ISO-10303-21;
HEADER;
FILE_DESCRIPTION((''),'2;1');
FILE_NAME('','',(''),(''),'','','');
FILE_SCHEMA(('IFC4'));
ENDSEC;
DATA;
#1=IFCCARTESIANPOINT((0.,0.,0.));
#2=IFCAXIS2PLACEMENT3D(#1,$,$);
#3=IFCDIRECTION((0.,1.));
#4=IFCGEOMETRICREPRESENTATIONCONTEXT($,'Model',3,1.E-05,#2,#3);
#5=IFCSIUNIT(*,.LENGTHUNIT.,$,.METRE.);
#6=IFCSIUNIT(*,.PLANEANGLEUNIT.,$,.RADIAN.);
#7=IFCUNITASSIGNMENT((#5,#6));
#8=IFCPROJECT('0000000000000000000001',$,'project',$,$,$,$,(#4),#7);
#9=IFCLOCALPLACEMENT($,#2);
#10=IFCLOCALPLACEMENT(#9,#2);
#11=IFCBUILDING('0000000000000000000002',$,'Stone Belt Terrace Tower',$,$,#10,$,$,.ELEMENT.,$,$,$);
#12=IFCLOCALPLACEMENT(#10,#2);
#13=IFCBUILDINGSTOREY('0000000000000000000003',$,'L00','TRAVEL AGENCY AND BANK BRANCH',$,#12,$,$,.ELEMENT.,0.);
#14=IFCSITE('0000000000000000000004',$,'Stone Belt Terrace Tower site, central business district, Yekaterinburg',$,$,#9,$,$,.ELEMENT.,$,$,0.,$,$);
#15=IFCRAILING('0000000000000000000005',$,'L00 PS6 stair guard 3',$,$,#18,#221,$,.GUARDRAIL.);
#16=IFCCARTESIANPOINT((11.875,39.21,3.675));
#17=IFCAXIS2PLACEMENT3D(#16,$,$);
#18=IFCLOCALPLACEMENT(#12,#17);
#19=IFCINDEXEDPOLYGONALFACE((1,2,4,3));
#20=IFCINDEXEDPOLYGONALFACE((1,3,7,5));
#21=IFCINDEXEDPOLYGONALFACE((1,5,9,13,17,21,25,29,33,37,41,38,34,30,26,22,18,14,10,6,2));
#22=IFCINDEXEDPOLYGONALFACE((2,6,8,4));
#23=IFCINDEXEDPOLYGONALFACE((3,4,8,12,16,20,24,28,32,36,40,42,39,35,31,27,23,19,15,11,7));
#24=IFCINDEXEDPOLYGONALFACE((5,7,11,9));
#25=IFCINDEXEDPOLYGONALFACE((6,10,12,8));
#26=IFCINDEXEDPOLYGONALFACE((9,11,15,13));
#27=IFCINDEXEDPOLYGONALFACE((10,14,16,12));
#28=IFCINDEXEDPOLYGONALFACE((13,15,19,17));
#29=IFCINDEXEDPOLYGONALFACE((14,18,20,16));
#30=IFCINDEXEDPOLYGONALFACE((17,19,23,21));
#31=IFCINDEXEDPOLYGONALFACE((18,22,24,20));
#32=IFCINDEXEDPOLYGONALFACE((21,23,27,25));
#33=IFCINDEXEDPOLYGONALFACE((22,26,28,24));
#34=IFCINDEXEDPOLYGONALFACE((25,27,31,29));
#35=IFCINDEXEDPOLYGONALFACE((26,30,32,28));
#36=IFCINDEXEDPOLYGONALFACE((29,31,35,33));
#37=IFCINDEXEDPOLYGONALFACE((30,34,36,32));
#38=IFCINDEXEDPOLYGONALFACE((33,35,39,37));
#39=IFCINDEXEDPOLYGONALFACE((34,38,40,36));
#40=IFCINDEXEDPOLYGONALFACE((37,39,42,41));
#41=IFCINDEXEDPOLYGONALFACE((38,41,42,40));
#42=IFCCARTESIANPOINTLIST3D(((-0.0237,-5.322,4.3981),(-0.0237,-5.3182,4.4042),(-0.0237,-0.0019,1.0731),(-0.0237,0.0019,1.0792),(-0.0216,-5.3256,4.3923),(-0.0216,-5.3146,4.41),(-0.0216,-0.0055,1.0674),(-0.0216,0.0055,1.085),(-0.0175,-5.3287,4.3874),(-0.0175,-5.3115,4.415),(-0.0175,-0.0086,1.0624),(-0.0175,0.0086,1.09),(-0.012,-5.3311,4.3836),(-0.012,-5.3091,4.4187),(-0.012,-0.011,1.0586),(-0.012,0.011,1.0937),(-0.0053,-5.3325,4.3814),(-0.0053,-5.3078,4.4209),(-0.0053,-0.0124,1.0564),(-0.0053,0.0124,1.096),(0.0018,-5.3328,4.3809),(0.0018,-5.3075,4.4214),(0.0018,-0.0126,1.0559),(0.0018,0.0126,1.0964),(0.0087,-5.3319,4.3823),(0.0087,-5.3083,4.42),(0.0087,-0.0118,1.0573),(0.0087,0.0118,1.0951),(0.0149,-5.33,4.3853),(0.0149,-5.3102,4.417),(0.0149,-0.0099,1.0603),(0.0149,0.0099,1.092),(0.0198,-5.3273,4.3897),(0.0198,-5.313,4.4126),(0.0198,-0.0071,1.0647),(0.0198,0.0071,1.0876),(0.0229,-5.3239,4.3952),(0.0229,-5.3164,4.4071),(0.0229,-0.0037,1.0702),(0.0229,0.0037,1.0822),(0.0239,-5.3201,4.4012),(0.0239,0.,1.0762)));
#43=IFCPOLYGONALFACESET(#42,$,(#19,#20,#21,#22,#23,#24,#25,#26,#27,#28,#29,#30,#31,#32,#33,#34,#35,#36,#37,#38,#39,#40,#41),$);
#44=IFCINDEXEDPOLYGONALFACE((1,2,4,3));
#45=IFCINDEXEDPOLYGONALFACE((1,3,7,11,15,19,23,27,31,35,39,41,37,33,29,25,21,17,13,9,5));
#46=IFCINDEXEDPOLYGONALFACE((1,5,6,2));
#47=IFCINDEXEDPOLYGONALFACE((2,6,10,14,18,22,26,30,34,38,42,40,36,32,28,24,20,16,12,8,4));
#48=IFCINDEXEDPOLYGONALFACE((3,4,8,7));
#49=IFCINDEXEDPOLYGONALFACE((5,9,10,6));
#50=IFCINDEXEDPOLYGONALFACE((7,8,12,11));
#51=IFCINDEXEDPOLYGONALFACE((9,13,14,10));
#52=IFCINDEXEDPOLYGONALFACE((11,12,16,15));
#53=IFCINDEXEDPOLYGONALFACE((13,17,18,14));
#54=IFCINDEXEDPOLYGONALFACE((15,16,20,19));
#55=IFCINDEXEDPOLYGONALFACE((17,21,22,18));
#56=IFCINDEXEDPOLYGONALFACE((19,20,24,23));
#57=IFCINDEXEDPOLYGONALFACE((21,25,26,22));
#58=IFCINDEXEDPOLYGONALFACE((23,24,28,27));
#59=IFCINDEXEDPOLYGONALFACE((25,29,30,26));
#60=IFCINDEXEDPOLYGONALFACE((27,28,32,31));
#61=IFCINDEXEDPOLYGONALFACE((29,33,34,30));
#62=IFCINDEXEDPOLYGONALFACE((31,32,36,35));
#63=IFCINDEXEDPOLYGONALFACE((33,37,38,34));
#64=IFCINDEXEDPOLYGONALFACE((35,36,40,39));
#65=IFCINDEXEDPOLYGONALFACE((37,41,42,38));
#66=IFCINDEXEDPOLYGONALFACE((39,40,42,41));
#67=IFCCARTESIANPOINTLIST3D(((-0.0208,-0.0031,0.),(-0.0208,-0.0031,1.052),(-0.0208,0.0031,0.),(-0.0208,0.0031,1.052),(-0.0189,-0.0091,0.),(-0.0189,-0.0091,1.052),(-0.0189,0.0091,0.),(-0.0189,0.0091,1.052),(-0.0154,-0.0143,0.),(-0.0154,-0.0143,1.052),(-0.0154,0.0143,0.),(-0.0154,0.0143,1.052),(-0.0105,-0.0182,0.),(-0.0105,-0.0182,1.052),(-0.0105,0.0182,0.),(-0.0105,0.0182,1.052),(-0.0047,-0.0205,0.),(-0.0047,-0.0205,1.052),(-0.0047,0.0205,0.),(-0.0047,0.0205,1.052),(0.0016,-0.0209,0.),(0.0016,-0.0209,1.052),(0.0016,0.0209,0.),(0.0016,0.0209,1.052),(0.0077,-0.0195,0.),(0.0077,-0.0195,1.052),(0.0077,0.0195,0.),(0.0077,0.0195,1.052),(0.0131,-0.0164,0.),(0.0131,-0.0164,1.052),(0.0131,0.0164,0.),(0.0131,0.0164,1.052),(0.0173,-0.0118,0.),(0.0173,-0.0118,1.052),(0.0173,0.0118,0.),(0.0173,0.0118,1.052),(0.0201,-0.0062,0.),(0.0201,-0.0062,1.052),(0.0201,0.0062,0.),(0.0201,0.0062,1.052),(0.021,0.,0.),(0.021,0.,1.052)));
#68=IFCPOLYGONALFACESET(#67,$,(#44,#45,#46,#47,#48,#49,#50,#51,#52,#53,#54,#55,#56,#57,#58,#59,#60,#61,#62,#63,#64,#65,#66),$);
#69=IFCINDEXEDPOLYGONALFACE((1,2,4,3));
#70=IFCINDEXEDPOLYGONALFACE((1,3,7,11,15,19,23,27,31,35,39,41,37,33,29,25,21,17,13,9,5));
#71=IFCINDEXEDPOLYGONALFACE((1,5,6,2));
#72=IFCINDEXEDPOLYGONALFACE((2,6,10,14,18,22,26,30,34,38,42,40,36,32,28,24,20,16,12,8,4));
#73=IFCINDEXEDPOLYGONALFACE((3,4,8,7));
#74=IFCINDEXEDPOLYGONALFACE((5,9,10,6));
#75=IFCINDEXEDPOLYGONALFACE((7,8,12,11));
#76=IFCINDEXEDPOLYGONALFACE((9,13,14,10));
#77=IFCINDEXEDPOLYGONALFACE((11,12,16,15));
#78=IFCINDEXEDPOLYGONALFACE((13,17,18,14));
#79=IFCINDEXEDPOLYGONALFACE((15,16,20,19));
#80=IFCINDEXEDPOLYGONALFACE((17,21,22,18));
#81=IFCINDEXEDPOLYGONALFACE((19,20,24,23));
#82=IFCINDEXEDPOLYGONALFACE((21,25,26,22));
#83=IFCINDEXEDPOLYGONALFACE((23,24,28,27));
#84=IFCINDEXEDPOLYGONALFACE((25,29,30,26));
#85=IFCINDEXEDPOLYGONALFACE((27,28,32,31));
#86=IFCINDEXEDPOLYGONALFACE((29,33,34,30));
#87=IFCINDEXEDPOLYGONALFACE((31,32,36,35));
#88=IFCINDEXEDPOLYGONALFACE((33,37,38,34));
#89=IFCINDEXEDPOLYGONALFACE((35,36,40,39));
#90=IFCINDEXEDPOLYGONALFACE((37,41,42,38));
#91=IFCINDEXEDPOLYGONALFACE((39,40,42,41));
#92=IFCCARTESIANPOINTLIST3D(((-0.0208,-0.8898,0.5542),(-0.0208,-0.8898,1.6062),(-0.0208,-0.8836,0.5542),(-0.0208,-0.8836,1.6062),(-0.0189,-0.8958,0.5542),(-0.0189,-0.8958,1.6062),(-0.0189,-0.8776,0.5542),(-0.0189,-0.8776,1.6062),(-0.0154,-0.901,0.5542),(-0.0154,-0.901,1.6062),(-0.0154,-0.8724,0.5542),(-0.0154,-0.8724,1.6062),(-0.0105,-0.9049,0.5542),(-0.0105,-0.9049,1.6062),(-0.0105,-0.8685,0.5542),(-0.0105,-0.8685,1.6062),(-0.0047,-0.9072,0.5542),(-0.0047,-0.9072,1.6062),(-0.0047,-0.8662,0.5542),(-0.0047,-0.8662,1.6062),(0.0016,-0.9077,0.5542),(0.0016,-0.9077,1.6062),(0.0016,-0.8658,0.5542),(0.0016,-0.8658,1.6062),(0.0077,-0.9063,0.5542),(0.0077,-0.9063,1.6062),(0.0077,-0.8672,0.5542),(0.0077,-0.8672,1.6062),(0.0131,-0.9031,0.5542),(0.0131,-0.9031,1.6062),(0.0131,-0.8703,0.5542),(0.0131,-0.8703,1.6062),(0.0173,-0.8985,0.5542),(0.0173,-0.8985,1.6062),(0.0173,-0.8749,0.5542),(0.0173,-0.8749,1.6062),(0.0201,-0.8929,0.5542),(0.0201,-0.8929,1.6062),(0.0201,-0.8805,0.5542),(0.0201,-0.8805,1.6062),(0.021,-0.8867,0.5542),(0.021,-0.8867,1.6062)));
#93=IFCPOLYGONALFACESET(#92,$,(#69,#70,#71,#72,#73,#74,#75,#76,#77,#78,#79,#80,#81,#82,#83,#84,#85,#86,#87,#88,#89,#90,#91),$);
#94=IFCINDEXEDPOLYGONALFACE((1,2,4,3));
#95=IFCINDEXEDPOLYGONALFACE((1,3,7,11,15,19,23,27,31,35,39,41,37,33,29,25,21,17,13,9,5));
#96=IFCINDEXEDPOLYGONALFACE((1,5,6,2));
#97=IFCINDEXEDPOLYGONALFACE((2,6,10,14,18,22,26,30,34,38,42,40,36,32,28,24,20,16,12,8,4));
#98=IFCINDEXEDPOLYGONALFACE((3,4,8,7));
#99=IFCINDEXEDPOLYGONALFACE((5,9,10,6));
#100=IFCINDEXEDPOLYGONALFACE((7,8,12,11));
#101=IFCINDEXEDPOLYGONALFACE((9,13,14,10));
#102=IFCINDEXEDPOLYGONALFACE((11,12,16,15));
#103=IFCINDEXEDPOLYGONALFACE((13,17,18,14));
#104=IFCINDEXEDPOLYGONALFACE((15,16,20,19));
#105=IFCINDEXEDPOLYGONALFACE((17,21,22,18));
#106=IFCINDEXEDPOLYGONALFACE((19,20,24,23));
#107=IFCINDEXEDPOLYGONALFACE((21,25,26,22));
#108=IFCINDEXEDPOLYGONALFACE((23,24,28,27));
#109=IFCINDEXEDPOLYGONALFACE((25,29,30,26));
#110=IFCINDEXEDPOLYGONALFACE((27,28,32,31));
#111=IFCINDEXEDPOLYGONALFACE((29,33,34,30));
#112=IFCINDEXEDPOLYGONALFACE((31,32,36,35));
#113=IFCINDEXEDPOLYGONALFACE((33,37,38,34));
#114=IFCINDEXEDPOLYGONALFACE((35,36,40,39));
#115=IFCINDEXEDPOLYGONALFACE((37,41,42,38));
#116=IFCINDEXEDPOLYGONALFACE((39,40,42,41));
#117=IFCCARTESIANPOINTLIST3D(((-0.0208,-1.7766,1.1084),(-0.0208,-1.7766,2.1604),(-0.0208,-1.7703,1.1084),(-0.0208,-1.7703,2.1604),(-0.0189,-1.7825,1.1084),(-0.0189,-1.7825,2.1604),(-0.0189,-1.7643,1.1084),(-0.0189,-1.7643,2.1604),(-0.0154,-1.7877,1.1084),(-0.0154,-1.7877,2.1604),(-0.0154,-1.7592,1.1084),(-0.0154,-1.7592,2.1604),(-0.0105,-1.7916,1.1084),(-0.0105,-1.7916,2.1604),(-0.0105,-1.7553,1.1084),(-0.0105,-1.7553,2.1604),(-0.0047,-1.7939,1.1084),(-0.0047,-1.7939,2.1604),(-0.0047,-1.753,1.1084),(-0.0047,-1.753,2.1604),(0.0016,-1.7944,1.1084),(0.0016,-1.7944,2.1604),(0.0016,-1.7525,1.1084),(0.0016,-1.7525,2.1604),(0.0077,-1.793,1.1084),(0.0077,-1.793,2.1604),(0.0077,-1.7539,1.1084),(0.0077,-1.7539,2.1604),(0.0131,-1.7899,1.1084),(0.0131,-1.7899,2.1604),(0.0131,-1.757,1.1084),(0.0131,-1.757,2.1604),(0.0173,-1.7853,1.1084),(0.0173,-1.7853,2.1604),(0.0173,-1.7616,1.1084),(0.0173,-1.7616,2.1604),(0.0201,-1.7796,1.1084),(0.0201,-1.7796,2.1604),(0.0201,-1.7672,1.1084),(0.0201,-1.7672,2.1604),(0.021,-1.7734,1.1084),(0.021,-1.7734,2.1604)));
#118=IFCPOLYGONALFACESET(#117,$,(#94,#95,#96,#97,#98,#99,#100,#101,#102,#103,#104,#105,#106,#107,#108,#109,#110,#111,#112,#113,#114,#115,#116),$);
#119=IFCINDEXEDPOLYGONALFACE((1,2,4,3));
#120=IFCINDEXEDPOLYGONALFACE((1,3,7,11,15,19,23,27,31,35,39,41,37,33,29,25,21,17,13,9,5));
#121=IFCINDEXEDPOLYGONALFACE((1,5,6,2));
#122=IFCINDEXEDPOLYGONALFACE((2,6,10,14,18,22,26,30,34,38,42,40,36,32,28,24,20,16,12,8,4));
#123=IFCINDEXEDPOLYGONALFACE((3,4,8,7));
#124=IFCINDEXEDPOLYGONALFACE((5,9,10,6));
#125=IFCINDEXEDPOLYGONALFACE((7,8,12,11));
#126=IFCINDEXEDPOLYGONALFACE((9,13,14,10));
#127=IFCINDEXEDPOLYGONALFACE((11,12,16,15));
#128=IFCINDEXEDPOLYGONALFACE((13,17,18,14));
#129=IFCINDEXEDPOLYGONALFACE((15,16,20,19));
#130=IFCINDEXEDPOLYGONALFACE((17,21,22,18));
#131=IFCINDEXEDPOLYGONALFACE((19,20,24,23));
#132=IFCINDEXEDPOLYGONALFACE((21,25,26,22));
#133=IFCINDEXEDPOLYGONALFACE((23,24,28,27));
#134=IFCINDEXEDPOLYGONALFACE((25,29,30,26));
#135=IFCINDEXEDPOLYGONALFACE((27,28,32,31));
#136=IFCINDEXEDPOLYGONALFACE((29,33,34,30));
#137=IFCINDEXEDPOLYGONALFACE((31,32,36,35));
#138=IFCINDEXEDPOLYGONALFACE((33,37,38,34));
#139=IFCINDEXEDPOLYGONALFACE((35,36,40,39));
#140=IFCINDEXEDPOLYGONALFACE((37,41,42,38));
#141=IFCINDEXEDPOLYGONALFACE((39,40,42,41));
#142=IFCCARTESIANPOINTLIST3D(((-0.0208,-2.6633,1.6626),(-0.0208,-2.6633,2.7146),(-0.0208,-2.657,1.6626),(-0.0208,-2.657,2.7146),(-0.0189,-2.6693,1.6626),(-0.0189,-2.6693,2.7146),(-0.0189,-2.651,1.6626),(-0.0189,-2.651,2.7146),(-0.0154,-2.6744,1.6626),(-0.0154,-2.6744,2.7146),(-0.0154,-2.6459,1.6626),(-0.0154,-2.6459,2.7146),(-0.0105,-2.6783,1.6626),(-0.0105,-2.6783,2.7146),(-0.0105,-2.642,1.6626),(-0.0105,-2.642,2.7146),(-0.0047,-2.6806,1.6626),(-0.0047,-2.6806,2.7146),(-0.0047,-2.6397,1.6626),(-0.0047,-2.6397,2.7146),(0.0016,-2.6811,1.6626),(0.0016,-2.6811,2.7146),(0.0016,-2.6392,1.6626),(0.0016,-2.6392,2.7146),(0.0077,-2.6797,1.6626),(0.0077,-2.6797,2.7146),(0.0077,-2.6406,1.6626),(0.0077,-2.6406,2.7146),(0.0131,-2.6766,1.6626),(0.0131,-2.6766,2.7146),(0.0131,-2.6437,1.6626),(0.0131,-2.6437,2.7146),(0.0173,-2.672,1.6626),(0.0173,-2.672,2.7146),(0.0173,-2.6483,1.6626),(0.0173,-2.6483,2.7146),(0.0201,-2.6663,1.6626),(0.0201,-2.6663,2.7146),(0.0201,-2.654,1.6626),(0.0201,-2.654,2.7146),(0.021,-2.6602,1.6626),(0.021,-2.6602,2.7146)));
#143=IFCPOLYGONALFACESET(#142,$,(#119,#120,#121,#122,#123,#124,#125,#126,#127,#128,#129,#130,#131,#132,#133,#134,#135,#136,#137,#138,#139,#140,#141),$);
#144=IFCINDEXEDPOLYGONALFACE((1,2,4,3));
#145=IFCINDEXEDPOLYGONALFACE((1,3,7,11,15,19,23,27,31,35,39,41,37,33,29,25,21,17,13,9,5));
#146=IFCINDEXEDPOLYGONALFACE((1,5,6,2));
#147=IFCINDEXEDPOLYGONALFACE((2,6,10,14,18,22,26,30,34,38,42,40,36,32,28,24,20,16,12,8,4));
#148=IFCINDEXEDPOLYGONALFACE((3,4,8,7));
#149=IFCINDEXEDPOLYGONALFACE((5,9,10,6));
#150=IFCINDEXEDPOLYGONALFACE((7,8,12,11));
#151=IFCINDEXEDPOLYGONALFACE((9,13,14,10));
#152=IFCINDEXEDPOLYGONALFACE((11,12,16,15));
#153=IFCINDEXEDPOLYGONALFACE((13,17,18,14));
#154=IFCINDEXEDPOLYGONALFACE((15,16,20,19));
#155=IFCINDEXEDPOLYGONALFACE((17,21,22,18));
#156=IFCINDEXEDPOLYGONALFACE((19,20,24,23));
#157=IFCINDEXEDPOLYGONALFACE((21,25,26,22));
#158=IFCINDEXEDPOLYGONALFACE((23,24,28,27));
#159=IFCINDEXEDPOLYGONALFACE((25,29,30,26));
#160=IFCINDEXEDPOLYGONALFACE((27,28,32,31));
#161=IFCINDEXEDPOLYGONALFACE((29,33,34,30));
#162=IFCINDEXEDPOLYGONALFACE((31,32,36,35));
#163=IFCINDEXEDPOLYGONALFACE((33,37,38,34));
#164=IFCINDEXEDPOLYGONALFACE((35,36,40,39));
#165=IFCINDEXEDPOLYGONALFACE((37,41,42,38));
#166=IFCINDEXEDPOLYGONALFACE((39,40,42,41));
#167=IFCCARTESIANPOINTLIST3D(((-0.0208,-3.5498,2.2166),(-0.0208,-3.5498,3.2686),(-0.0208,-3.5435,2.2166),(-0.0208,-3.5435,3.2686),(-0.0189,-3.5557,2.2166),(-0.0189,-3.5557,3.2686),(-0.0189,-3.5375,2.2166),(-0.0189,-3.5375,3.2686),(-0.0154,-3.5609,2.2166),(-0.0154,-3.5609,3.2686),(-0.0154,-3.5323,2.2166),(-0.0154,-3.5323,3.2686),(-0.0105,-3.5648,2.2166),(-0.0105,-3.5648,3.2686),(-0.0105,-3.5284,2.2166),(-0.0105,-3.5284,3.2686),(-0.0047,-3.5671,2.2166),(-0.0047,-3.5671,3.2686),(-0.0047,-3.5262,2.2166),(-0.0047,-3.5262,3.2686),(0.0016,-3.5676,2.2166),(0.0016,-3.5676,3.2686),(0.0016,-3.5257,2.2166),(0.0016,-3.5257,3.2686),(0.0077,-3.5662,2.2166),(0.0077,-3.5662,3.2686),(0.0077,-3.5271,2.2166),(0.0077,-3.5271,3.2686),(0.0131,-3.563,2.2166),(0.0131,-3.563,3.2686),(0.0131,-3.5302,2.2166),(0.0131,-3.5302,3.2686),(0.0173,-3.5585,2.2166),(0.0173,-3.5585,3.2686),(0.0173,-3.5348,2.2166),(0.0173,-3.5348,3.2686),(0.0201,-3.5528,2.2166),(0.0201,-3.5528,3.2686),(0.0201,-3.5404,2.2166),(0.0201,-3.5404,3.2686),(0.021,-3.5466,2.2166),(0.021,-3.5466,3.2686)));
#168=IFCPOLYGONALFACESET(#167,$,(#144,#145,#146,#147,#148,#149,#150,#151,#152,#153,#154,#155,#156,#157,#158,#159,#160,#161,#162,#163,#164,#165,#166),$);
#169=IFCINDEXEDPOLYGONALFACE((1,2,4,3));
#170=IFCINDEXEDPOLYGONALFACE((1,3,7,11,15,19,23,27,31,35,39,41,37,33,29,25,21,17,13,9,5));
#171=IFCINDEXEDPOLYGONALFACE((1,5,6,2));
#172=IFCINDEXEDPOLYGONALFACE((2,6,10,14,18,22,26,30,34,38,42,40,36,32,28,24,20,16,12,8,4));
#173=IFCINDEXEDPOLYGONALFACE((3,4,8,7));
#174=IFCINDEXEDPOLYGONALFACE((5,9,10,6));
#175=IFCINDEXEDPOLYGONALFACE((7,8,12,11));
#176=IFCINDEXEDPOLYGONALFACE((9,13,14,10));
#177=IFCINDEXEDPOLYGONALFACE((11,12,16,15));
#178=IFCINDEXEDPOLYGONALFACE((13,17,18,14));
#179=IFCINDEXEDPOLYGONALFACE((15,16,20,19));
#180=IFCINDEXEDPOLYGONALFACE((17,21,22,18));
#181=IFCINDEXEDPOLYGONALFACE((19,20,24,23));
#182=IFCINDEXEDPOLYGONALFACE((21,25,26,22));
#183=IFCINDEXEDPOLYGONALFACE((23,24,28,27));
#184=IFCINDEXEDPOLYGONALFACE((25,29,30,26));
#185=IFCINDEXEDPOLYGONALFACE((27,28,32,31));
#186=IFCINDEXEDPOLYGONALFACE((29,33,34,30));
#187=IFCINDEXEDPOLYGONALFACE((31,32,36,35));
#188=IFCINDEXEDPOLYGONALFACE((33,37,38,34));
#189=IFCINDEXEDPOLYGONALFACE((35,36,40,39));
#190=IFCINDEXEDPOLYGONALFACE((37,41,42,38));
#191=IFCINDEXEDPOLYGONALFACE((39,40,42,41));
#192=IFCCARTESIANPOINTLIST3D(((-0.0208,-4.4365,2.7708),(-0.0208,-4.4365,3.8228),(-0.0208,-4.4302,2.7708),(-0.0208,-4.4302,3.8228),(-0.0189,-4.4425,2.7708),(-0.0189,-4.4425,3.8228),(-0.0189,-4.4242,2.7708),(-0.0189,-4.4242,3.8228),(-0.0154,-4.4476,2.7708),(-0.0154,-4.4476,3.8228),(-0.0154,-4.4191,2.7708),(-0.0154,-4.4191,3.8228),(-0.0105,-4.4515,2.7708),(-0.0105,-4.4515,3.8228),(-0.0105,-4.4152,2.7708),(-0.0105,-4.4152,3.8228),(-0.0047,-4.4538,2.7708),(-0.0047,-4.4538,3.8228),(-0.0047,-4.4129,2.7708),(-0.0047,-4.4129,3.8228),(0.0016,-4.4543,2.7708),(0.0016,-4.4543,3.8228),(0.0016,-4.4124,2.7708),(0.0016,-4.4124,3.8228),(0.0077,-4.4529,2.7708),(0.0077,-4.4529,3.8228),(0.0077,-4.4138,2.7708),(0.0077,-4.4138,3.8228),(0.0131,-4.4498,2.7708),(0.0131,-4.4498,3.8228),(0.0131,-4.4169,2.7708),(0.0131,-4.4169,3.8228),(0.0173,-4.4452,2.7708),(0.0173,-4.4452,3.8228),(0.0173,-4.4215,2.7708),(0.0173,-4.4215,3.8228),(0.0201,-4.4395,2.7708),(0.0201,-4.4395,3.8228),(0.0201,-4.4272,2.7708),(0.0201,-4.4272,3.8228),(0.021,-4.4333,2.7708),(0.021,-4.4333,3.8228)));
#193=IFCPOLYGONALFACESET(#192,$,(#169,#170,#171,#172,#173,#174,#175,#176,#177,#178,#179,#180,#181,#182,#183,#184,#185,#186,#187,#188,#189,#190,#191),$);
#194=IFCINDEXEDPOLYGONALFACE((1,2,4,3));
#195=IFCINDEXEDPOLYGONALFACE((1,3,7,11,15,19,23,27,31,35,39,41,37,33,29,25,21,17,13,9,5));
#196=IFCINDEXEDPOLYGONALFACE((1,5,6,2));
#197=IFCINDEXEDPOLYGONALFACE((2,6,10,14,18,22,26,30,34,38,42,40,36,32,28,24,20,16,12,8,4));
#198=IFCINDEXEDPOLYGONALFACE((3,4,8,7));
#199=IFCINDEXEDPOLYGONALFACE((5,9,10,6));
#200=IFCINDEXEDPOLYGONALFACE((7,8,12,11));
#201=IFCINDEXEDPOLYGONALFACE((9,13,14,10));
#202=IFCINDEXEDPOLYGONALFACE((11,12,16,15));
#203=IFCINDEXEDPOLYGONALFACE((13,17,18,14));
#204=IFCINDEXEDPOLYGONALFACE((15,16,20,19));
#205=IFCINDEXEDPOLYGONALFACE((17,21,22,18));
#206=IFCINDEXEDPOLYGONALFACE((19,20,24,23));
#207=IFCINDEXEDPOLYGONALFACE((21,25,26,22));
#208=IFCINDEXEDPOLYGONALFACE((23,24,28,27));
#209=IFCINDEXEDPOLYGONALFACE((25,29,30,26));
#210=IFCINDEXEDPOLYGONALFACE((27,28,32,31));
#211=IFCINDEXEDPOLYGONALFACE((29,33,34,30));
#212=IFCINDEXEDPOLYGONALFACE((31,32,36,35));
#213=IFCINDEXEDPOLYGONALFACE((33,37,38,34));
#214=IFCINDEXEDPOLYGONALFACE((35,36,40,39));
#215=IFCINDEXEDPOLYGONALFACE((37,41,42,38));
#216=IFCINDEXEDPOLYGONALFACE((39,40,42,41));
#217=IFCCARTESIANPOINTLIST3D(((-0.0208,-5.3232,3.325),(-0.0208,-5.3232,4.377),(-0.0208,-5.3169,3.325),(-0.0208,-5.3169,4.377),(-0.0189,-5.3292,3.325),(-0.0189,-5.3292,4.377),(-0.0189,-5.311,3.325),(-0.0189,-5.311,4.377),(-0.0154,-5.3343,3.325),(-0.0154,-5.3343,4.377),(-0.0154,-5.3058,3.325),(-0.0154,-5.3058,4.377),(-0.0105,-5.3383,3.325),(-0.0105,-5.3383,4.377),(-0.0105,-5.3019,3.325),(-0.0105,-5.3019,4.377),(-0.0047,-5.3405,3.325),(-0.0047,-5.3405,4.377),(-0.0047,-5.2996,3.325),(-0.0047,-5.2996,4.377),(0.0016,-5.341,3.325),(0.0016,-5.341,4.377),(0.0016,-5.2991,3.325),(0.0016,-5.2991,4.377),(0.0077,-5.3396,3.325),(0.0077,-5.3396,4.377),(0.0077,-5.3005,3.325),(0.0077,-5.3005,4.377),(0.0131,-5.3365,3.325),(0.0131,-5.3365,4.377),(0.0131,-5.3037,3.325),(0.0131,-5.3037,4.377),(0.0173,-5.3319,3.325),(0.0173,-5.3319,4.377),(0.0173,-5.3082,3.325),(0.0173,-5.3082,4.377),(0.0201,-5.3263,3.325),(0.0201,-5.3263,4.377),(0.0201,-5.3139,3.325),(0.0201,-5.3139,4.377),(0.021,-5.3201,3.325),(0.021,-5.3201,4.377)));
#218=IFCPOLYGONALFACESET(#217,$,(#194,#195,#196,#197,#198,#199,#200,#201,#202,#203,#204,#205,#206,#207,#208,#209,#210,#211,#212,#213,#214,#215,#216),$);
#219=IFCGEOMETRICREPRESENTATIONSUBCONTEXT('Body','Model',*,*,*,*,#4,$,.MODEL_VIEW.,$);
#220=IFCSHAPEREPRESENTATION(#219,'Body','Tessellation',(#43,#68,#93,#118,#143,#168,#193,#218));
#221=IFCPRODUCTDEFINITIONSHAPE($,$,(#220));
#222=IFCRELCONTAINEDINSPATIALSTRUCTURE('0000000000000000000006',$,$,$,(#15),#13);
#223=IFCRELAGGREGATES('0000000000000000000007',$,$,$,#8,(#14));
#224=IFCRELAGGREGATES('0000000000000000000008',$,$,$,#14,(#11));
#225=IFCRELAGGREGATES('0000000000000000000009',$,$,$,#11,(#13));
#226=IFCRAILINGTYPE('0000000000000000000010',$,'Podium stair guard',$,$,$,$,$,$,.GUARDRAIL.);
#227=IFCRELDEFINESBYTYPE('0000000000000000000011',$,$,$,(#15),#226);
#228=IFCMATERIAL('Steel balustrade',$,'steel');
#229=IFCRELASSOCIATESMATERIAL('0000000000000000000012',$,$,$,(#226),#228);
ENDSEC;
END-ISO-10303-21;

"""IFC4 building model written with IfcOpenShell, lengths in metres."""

from ifc_helpers import new_model, si_unit, direction, frame, origin, origin_2d, place, context, subcontext, project, spatial, circle, extrude, material, type_object, element, save


model = new_model("IFC4")

# Units and contexts
model_context = context("Model", 3, precision=1e-05, world=origin(), true_north=direction((0.0, 1.0)))
body_context = subcontext(model_context, "Body", "Model", "MODEL_VIEW")
ifc_project = project(units=[si_unit("LENGTHUNIT", "METRE"), si_unit("PLANEANGLEUNIT", "RADIAN")], contexts=[model_context])

# Site, building, storey
site_placement = place(None, origin())
site = spatial("IfcSite", under=ifc_project, at=site_placement, Name="Stone Belt Terrace Tower site, central business district, Yekaterinburg", CompositionType="ELEMENT", RefElevation=0.0)
building_placement = place(site_placement, origin())
building = spatial("IfcBuilding", under=site, at=building_placement, Name="Stone Belt Terrace Tower", CompositionType="ELEMENT")
storey_placement = place(building_placement, origin())
storey = spatial("IfcBuildingStorey", under=building, at=storey_placement, Name="L00", Description="TRAVEL AGENCY AND BANK BRANCH", CompositionType="ELEMENT", Elevation=0.0)

# Railing
ifc_material_1 = material(Name="Steel balustrade", Category="steel")
railing_type_1 = type_object("IfcRailingType", Name="Podium stair guard", PredefinedType="GUARDRAIL", material=ifc_material_1)
railing_1_placement = place(storey_placement, frame((11.875, 39.21, 3.675)))
element("IfcRailing", 1, at=railing_1_placement, inside=storey, type_object=railing_type_1, Name="L00 PS6 stair guard 3", PredefinedType="GUARDRAIL", context=body_context, shape_type="SweptSolid", body=[
    extrude(circle(Radius=0.0239, at=origin_2d()), frame((0.0, 0.0, 1.0762), z_axis=(0.0, -0.848005, 0.529988), x_axis=(1.0, 0.0, 0.0)), (0.0, 0.0, 1.0), 6.2737),
    extrude(circle(Radius=0.021, at=origin_2d()), origin(), (0.0, 0.0, 1.0), 1.052),
    extrude(circle(Radius=0.021, at=origin_2d()), frame((0.0, -0.8867, 0.5542)), (0.0, 0.0, 1.0), 1.052),
    extrude(circle(Radius=0.021, at=origin_2d()), frame((0.0, -1.7734, 1.1084)), (0.0, 0.0, 1.0), 1.052),
    extrude(circle(Radius=0.021, at=origin_2d()), frame((0.0, -2.6602, 1.6626)), (0.0, 0.0, 1.0), 1.052),
    extrude(circle(Radius=0.021, at=origin_2d()), frame((0.0, -3.5466, 2.2166)), (0.0, 0.0, 1.0), 1.052),
    extrude(circle(Radius=0.021, at=origin_2d()), frame((0.0, -4.4333, 2.7708)), (0.0, 0.0, 1.0), 1.052),
    extrude(circle(Radius=0.021, at=origin_2d()), frame((0.0, -5.3201, 3.325)), (0.0, 0.0, 1.0), 1.052),
])

save(model, "model.ifc")
